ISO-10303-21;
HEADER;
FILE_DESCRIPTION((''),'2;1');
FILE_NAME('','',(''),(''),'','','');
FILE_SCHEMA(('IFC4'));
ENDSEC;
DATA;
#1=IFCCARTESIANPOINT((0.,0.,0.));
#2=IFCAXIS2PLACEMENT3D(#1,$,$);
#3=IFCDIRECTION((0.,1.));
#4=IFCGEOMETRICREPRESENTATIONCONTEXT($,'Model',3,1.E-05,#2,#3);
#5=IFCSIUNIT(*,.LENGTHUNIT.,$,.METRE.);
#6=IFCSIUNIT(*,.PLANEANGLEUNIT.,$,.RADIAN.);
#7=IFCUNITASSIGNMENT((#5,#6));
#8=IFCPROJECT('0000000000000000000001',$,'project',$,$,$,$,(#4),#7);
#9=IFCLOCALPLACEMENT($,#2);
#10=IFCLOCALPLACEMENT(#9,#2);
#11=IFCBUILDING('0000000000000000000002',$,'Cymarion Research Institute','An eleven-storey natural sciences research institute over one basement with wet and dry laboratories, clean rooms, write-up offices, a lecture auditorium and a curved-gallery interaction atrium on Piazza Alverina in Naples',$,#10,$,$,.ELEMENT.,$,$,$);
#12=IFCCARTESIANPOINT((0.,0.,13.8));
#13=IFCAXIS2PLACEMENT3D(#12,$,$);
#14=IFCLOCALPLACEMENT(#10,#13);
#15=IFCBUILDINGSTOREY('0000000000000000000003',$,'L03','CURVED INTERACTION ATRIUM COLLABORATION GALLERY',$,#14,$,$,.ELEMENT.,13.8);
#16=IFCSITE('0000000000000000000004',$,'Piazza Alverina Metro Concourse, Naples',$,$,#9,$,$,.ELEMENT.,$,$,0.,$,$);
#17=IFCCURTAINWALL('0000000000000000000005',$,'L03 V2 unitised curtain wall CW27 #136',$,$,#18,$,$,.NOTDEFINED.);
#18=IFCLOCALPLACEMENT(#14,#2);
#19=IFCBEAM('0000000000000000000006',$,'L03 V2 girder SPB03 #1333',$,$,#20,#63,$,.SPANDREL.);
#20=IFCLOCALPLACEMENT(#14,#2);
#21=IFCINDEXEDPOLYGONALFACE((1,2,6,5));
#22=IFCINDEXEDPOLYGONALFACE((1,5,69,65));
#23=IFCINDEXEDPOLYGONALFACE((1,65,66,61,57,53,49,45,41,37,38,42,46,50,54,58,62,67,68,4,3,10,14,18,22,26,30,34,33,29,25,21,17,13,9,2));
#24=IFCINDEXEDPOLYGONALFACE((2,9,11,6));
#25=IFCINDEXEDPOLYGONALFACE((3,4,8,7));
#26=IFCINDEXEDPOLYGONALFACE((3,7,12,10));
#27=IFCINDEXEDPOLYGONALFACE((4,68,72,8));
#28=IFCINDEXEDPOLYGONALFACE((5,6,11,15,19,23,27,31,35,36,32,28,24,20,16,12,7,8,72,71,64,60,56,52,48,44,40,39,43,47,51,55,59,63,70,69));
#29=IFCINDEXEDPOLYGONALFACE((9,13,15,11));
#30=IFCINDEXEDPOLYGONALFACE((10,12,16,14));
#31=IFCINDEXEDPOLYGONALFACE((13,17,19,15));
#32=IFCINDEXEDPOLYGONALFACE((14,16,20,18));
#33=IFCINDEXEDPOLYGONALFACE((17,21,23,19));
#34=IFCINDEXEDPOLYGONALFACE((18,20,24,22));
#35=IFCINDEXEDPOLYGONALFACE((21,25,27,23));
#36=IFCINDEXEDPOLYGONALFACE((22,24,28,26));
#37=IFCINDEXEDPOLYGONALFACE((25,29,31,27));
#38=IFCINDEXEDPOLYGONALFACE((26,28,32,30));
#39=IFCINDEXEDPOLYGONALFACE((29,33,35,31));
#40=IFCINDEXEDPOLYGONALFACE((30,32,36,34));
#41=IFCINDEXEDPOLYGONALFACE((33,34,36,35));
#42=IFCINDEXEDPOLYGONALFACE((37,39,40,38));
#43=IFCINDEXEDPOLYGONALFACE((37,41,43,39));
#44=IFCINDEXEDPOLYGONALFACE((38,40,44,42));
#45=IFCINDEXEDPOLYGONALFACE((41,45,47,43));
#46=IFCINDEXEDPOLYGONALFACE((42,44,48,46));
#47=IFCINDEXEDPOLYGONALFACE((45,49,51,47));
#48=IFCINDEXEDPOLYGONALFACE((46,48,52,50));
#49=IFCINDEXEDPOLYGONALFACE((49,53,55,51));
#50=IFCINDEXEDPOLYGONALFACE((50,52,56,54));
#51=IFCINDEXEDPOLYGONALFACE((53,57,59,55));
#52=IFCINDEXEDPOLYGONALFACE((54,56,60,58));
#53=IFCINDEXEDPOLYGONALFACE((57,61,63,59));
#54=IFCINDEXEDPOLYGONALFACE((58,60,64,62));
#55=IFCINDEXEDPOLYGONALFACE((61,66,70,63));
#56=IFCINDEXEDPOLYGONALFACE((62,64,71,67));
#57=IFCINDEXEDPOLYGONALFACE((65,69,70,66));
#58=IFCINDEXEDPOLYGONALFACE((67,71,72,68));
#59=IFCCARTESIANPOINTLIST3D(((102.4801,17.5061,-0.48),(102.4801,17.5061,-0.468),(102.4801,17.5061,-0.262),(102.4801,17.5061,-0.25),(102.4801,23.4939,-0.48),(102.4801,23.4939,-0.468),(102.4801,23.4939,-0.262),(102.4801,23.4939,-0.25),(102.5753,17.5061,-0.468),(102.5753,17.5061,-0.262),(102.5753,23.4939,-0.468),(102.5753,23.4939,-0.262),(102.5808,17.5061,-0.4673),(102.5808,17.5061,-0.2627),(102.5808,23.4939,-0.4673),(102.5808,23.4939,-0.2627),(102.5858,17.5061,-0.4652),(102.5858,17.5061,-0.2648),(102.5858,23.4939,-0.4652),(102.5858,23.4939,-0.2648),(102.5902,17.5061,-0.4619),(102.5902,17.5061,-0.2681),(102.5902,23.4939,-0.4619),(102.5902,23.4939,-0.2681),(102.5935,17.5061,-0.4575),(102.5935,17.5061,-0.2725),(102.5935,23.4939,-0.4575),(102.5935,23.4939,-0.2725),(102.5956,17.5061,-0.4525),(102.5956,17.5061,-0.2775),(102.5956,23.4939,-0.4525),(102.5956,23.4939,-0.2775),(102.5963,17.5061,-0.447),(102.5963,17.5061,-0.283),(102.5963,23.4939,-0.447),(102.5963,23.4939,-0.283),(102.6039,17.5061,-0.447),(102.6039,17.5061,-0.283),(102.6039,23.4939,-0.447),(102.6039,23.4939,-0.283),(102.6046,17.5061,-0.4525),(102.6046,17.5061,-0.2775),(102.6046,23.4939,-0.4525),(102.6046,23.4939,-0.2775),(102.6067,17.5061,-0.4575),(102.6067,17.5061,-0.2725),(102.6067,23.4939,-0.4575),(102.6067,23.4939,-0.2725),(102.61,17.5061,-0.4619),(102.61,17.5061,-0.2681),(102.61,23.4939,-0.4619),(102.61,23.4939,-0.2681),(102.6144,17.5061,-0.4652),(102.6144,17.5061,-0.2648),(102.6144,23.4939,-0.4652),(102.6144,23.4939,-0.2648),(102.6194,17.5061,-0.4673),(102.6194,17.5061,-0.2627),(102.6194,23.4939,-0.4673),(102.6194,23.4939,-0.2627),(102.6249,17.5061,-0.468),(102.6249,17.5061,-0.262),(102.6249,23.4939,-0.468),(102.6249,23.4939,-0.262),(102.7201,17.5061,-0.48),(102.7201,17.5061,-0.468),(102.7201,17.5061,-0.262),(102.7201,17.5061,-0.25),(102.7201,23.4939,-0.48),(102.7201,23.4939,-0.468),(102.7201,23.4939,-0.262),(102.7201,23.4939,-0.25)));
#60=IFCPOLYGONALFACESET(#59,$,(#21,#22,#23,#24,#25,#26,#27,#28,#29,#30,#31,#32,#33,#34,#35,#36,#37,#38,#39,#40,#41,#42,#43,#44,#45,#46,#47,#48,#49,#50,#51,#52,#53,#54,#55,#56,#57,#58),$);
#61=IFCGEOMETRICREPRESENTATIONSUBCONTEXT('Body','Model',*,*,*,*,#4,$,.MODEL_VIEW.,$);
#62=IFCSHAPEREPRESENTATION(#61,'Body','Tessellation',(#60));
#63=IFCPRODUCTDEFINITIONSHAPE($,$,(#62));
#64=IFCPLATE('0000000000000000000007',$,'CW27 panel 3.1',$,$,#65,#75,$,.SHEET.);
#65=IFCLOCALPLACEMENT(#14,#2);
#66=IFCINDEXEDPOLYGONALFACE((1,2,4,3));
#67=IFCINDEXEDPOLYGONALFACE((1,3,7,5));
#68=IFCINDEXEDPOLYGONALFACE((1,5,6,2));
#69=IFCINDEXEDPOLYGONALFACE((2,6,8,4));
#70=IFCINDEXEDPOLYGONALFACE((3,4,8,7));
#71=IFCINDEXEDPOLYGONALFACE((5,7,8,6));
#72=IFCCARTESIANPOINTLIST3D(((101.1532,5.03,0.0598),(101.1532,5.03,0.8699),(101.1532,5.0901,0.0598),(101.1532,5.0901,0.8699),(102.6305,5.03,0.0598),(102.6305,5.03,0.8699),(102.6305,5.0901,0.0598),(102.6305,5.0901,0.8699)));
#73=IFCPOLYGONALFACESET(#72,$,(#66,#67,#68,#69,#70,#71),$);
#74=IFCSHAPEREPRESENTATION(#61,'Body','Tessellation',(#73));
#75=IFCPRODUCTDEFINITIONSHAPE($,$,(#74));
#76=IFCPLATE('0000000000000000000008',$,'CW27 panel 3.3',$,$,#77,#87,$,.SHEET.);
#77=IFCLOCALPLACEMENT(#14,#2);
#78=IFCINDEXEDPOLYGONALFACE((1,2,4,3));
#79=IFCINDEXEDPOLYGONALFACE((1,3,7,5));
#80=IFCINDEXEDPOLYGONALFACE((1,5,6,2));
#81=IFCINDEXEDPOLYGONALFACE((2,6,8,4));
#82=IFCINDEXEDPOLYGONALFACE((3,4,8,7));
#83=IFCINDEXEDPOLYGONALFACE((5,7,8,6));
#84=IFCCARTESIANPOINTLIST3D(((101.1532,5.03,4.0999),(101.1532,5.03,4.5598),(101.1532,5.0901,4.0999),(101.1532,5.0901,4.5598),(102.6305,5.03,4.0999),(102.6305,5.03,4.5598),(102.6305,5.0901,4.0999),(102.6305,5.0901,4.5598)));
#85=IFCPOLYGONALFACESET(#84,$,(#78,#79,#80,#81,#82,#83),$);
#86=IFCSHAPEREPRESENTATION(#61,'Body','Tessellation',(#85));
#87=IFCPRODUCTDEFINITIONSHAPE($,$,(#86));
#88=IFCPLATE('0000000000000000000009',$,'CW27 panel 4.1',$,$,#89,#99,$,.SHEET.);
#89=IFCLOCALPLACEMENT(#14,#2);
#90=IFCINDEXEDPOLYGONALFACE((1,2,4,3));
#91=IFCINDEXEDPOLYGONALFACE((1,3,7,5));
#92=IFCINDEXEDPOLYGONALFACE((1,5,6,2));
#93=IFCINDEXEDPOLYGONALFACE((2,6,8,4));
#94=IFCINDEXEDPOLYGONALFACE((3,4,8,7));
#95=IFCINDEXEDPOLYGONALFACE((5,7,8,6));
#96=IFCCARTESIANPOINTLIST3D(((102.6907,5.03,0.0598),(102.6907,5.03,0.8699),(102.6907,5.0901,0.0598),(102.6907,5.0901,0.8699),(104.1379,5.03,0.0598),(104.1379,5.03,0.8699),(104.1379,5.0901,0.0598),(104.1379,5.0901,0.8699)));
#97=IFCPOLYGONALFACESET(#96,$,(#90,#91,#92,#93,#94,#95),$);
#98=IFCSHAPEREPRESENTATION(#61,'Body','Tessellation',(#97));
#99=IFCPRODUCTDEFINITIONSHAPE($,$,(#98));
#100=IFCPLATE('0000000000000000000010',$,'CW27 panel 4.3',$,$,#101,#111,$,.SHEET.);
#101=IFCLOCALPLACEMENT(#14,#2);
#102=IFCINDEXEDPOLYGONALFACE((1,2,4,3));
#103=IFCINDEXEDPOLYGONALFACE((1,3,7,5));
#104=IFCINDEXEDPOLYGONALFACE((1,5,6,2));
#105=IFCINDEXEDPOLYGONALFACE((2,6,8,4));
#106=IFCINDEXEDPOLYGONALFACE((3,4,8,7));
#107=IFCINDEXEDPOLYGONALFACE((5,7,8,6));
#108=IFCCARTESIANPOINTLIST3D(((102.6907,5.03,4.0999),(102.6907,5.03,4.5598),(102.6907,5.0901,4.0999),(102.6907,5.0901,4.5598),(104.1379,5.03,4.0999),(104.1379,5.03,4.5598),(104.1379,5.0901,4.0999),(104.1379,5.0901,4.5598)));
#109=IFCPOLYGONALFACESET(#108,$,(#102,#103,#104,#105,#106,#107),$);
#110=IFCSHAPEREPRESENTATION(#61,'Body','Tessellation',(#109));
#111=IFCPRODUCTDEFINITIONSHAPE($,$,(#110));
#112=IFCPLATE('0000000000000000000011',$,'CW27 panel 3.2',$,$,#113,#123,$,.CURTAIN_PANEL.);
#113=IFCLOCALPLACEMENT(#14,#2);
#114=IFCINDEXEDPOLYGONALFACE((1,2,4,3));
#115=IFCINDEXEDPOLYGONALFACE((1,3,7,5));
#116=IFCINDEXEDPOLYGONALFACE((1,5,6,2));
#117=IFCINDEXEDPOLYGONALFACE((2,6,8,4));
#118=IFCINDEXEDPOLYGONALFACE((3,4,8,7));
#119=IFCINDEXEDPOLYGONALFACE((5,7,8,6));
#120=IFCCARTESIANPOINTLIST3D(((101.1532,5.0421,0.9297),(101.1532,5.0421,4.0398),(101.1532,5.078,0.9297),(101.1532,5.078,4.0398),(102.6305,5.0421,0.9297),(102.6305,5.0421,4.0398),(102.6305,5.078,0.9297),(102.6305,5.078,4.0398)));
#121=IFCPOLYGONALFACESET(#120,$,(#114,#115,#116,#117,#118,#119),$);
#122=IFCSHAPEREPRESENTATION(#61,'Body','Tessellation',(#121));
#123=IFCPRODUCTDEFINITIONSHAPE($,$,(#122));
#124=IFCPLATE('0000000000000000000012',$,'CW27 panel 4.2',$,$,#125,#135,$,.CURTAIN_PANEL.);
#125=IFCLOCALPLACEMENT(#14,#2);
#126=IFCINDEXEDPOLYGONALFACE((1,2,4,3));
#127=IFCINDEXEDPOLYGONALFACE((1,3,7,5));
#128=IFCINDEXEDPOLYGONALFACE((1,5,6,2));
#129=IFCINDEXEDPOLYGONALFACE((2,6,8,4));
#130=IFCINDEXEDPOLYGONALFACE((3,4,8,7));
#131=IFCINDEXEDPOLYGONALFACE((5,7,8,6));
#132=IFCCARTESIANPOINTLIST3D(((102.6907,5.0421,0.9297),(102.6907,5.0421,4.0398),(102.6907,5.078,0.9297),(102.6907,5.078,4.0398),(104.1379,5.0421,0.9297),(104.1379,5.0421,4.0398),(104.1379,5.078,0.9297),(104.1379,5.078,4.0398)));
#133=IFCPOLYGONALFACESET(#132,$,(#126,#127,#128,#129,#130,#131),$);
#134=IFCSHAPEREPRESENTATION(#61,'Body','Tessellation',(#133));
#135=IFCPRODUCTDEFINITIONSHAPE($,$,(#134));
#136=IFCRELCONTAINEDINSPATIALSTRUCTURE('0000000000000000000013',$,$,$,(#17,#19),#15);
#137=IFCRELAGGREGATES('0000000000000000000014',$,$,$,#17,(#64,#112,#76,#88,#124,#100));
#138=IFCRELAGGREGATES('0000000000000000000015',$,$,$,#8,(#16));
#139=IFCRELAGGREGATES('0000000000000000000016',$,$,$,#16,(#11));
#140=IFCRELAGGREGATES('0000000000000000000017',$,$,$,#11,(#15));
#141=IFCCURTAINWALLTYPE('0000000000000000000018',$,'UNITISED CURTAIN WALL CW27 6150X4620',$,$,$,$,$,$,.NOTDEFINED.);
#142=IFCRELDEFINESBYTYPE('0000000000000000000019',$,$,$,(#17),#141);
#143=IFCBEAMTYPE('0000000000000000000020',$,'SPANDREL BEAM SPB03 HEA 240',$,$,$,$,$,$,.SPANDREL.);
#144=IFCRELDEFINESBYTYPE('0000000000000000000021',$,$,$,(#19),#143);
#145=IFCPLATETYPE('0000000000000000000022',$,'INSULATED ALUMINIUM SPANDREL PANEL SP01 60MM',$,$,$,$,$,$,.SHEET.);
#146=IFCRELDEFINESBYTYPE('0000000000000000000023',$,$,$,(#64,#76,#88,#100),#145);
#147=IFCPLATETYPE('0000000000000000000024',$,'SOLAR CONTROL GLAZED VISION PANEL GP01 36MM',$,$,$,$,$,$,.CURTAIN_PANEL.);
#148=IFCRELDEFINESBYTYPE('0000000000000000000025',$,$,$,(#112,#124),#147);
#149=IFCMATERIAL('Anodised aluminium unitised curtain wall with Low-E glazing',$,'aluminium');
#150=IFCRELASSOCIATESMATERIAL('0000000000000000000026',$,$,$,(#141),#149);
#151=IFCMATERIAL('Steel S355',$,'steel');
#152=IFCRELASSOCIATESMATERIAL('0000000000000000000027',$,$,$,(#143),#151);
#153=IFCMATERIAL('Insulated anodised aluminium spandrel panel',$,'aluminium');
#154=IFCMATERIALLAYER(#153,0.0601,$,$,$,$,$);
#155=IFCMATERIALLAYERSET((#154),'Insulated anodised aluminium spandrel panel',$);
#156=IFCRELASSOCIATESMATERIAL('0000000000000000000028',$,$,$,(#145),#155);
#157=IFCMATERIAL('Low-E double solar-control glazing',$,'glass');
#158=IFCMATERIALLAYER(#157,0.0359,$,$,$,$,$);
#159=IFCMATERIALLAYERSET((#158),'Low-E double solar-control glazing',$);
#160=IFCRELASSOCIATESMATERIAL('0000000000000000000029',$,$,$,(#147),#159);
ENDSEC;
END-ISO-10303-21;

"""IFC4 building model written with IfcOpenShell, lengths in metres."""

from ifc_helpers import new_model, si_unit, direction, frame, origin, origin_2d, place, context, subcontext, project, spatial, rectangle, i_section, extrude, material, layer, layer_set, material_profile, profile_set, type_object, element, aggregate, save


model = new_model("IFC4")

# Units and contexts
model_context = context("Model", 3, precision=1e-05, world=origin(), true_north=direction((0.0, 1.0)))
body_context = subcontext(model_context, "Body", "Model", "MODEL_VIEW")
ifc_project = project(units=[si_unit("LENGTHUNIT", "METRE"), si_unit("PLANEANGLEUNIT", "RADIAN")], contexts=[model_context])

# Site, building, storey
site_placement = place(None, origin())
site = spatial("IfcSite", under=ifc_project, at=site_placement, Name="Piazza Alverina Metro Concourse, Naples", CompositionType="ELEMENT", RefElevation=0.0)
building_placement = place(site_placement, origin())
building = spatial("IfcBuilding", under=site, at=building_placement, Name="Cymarion Research Institute", Description="An eleven-storey natural sciences research institute over one basement with wet and dry laboratories, clean rooms, write-up offices, a lecture auditorium and a curved-gallery interaction atrium on Piazza Alverina in Naples", CompositionType="ELEMENT")
storey_placement = place(building_placement, frame((0.0, 0.0, 13.8)))
storey = spatial("IfcBuildingStorey", under=building, at=storey_placement, Name="L03", Description="CURVED INTERACTION ATRIUM COLLABORATION GALLERY", CompositionType="ELEMENT", Elevation=13.8)

# Shared definitions
ifc_material_1 = material(Name="Steel S355", Category="steel")

# Curtain wall
ifc_material_2 = material(Name="Anodised aluminium unitised curtain wall with Low-E glazing", Category="aluminium")
curtain_wall_type = type_object("IfcCurtainWallType", Name="UNITISED CURTAIN WALL CW27 6150X4620", PredefinedType="NOTDEFINED", material=ifc_material_2)
curtain_wall_placement = place(storey_placement, origin())
curtain_wall = element("IfcCurtainWall", 1, at=curtain_wall_placement, inside=storey, type_object=curtain_wall_type, Name="L03 V2 unitised curtain wall CW27 #136", PredefinedType="NOTDEFINED")

# Beam
ifc_material_profile_1 = material_profile(ifc_material_1, i_section(OverallWidth=0.24, OverallDepth=0.23, WebThickness=0.0076, FlangeThickness=0.012, FilletRadius=0.021, at=origin_2d()), Name="HEA 240")
ifc_profile_set_1 = profile_set([ifc_material_profile_1], Name="Steel S355")
beam_type_1 = type_object("IfcBeamType", Name="SPANDREL BEAM SPB03 HEA 240", PredefinedType="SPANDREL", material=ifc_profile_set_1)
for number, where, z_axis, x_axis, name in (
    (2, (102.6001, 17.5061, -0.365), (0.0, 1.0, 0.0), (-1.0, 0.0, 0.0), "L03 V2 girder SPB03 #1333"),
):
    element("IfcBeam", number, at=place(storey_placement, frame(where, z_axis=z_axis, x_axis=x_axis)), inside=storey, type_object=beam_type_1, Name=name, PredefinedType="SPANDREL", context=body_context, shape_type="SweptSolid", body=[
        extrude(i_section(OverallWidth=0.24, OverallDepth=0.23, WebThickness=0.0076, FlangeThickness=0.012, FilletRadius=0.021, at=origin_2d()), origin(), (0.0, 0.0, 1.0), 5.9878),
    ])

# Plates
ifc_material_3 = material(Name="Insulated anodised aluminium spandrel panel", Category="aluminium")
ifc_layer_1 = layer(ifc_material_3, 0.0601)
ifc_layer_set_1 = layer_set([ifc_layer_1], Name="Insulated anodised aluminium spandrel panel")
plate_type_1 = type_object("IfcPlateType", Name="INSULATED ALUMINIUM SPANDREL PANEL SP01 60MM", PredefinedType="SHEET", material=ifc_layer_set_1)
plate_1_placement = place(storey_placement, frame((101.8918, 5.0601, 0.0598), z_axis=(0.0, 0.0, 1.0), x_axis=(1.0, 0.0, 0.0)))
plate_1 = element("IfcPlate", 3, at=plate_1_placement, type_object=plate_type_1, Name="CW27 panel 3.1", PredefinedType="SHEET", context=body_context, shape_type="SweptSolid", body=[
    extrude(rectangle(XDim=1.4773, YDim=0.0601, at=origin_2d()), origin(), (0.0, 0.0, 1.0), 0.8101),
])
plate_2_placement = place(storey_placement, frame((101.8918, 5.0601, 4.0999), z_axis=(0.0, 0.0, 1.0), x_axis=(1.0, 0.0, 0.0)))
plate_2 = element("IfcPlate", 4, at=plate_2_placement, type_object=plate_type_1, Name="CW27 panel 3.3", PredefinedType="SHEET", context=body_context, shape_type="SweptSolid", body=[
    extrude(rectangle(XDim=1.4773, YDim=0.0601, at=origin_2d()), origin(), (0.0, 0.0, 1.0), 0.46),
])
plate_3_placement = place(storey_placement, frame((103.4143, 5.0601, 0.0598), z_axis=(0.0, 0.0, 1.0), x_axis=(1.0, 0.0, 0.0)))
plate_3 = element("IfcPlate", 5, at=plate_3_placement, type_object=plate_type_1, Name="CW27 panel 4.1", PredefinedType="SHEET", context=body_context, shape_type="SweptSolid", body=[
    extrude(rectangle(XDim=1.4473, YDim=0.0601, at=origin_2d()), origin(), (0.0, 0.0, 1.0), 0.8101),
])
plate_4_placement = place(storey_placement, frame((103.4143, 5.0601, 4.0999), z_axis=(0.0, 0.0, 1.0), x_axis=(1.0, 0.0, 0.0)))
plate_4 = element("IfcPlate", 6, at=plate_4_placement, type_object=plate_type_1, Name="CW27 panel 4.3", PredefinedType="SHEET", context=body_context, shape_type="SweptSolid", body=[
    extrude(rectangle(XDim=1.4473, YDim=0.0601, at=origin_2d()), origin(), (0.0, 0.0, 1.0), 0.46),
])
ifc_material_4 = material(Name="Low-E double solar-control glazing", Category="glass")
ifc_layer_2 = layer(ifc_material_4, 0.0359)
ifc_layer_set_2 = layer_set([ifc_layer_2], Name="Low-E double solar-control glazing")
plate_type_2 = type_object("IfcPlateType", Name="SOLAR CONTROL GLAZED VISION PANEL GP01 36MM", PredefinedType="CURTAIN_PANEL", material=ifc_layer_set_2)
plate_5_placement = place(storey_placement, frame((101.8918, 5.0601, 0.9297), z_axis=(0.0, 0.0, 1.0), x_axis=(1.0, 0.0, 0.0)))
plate_5 = element("IfcPlate", 7, at=plate_5_placement, type_object=plate_type_2, Name="CW27 panel 3.2", PredefinedType="CURTAIN_PANEL", context=body_context, shape_type="SweptSolid", body=[
    extrude(rectangle(XDim=1.4773, YDim=0.0359, at=origin_2d()), origin(), (0.0, 0.0, 1.0), 3.1101),
])
plate_6_placement = place(storey_placement, frame((103.4143, 5.0601, 0.9297), z_axis=(0.0, 0.0, 1.0), x_axis=(1.0, 0.0, 0.0)))
plate_6 = element("IfcPlate", 8, at=plate_6_placement, type_object=plate_type_2, Name="CW27 panel 4.2", PredefinedType="CURTAIN_PANEL", context=body_context, shape_type="SweptSolid", body=[
    extrude(rectangle(XDim=1.4473, YDim=0.0359, at=origin_2d()), origin(), (0.0, 0.0, 1.0), 3.1101),
])
aggregate(curtain_wall, [plate_1, plate_5, plate_2, plate_3, plate_6, plate_4])

save(model, "model.ifc")
